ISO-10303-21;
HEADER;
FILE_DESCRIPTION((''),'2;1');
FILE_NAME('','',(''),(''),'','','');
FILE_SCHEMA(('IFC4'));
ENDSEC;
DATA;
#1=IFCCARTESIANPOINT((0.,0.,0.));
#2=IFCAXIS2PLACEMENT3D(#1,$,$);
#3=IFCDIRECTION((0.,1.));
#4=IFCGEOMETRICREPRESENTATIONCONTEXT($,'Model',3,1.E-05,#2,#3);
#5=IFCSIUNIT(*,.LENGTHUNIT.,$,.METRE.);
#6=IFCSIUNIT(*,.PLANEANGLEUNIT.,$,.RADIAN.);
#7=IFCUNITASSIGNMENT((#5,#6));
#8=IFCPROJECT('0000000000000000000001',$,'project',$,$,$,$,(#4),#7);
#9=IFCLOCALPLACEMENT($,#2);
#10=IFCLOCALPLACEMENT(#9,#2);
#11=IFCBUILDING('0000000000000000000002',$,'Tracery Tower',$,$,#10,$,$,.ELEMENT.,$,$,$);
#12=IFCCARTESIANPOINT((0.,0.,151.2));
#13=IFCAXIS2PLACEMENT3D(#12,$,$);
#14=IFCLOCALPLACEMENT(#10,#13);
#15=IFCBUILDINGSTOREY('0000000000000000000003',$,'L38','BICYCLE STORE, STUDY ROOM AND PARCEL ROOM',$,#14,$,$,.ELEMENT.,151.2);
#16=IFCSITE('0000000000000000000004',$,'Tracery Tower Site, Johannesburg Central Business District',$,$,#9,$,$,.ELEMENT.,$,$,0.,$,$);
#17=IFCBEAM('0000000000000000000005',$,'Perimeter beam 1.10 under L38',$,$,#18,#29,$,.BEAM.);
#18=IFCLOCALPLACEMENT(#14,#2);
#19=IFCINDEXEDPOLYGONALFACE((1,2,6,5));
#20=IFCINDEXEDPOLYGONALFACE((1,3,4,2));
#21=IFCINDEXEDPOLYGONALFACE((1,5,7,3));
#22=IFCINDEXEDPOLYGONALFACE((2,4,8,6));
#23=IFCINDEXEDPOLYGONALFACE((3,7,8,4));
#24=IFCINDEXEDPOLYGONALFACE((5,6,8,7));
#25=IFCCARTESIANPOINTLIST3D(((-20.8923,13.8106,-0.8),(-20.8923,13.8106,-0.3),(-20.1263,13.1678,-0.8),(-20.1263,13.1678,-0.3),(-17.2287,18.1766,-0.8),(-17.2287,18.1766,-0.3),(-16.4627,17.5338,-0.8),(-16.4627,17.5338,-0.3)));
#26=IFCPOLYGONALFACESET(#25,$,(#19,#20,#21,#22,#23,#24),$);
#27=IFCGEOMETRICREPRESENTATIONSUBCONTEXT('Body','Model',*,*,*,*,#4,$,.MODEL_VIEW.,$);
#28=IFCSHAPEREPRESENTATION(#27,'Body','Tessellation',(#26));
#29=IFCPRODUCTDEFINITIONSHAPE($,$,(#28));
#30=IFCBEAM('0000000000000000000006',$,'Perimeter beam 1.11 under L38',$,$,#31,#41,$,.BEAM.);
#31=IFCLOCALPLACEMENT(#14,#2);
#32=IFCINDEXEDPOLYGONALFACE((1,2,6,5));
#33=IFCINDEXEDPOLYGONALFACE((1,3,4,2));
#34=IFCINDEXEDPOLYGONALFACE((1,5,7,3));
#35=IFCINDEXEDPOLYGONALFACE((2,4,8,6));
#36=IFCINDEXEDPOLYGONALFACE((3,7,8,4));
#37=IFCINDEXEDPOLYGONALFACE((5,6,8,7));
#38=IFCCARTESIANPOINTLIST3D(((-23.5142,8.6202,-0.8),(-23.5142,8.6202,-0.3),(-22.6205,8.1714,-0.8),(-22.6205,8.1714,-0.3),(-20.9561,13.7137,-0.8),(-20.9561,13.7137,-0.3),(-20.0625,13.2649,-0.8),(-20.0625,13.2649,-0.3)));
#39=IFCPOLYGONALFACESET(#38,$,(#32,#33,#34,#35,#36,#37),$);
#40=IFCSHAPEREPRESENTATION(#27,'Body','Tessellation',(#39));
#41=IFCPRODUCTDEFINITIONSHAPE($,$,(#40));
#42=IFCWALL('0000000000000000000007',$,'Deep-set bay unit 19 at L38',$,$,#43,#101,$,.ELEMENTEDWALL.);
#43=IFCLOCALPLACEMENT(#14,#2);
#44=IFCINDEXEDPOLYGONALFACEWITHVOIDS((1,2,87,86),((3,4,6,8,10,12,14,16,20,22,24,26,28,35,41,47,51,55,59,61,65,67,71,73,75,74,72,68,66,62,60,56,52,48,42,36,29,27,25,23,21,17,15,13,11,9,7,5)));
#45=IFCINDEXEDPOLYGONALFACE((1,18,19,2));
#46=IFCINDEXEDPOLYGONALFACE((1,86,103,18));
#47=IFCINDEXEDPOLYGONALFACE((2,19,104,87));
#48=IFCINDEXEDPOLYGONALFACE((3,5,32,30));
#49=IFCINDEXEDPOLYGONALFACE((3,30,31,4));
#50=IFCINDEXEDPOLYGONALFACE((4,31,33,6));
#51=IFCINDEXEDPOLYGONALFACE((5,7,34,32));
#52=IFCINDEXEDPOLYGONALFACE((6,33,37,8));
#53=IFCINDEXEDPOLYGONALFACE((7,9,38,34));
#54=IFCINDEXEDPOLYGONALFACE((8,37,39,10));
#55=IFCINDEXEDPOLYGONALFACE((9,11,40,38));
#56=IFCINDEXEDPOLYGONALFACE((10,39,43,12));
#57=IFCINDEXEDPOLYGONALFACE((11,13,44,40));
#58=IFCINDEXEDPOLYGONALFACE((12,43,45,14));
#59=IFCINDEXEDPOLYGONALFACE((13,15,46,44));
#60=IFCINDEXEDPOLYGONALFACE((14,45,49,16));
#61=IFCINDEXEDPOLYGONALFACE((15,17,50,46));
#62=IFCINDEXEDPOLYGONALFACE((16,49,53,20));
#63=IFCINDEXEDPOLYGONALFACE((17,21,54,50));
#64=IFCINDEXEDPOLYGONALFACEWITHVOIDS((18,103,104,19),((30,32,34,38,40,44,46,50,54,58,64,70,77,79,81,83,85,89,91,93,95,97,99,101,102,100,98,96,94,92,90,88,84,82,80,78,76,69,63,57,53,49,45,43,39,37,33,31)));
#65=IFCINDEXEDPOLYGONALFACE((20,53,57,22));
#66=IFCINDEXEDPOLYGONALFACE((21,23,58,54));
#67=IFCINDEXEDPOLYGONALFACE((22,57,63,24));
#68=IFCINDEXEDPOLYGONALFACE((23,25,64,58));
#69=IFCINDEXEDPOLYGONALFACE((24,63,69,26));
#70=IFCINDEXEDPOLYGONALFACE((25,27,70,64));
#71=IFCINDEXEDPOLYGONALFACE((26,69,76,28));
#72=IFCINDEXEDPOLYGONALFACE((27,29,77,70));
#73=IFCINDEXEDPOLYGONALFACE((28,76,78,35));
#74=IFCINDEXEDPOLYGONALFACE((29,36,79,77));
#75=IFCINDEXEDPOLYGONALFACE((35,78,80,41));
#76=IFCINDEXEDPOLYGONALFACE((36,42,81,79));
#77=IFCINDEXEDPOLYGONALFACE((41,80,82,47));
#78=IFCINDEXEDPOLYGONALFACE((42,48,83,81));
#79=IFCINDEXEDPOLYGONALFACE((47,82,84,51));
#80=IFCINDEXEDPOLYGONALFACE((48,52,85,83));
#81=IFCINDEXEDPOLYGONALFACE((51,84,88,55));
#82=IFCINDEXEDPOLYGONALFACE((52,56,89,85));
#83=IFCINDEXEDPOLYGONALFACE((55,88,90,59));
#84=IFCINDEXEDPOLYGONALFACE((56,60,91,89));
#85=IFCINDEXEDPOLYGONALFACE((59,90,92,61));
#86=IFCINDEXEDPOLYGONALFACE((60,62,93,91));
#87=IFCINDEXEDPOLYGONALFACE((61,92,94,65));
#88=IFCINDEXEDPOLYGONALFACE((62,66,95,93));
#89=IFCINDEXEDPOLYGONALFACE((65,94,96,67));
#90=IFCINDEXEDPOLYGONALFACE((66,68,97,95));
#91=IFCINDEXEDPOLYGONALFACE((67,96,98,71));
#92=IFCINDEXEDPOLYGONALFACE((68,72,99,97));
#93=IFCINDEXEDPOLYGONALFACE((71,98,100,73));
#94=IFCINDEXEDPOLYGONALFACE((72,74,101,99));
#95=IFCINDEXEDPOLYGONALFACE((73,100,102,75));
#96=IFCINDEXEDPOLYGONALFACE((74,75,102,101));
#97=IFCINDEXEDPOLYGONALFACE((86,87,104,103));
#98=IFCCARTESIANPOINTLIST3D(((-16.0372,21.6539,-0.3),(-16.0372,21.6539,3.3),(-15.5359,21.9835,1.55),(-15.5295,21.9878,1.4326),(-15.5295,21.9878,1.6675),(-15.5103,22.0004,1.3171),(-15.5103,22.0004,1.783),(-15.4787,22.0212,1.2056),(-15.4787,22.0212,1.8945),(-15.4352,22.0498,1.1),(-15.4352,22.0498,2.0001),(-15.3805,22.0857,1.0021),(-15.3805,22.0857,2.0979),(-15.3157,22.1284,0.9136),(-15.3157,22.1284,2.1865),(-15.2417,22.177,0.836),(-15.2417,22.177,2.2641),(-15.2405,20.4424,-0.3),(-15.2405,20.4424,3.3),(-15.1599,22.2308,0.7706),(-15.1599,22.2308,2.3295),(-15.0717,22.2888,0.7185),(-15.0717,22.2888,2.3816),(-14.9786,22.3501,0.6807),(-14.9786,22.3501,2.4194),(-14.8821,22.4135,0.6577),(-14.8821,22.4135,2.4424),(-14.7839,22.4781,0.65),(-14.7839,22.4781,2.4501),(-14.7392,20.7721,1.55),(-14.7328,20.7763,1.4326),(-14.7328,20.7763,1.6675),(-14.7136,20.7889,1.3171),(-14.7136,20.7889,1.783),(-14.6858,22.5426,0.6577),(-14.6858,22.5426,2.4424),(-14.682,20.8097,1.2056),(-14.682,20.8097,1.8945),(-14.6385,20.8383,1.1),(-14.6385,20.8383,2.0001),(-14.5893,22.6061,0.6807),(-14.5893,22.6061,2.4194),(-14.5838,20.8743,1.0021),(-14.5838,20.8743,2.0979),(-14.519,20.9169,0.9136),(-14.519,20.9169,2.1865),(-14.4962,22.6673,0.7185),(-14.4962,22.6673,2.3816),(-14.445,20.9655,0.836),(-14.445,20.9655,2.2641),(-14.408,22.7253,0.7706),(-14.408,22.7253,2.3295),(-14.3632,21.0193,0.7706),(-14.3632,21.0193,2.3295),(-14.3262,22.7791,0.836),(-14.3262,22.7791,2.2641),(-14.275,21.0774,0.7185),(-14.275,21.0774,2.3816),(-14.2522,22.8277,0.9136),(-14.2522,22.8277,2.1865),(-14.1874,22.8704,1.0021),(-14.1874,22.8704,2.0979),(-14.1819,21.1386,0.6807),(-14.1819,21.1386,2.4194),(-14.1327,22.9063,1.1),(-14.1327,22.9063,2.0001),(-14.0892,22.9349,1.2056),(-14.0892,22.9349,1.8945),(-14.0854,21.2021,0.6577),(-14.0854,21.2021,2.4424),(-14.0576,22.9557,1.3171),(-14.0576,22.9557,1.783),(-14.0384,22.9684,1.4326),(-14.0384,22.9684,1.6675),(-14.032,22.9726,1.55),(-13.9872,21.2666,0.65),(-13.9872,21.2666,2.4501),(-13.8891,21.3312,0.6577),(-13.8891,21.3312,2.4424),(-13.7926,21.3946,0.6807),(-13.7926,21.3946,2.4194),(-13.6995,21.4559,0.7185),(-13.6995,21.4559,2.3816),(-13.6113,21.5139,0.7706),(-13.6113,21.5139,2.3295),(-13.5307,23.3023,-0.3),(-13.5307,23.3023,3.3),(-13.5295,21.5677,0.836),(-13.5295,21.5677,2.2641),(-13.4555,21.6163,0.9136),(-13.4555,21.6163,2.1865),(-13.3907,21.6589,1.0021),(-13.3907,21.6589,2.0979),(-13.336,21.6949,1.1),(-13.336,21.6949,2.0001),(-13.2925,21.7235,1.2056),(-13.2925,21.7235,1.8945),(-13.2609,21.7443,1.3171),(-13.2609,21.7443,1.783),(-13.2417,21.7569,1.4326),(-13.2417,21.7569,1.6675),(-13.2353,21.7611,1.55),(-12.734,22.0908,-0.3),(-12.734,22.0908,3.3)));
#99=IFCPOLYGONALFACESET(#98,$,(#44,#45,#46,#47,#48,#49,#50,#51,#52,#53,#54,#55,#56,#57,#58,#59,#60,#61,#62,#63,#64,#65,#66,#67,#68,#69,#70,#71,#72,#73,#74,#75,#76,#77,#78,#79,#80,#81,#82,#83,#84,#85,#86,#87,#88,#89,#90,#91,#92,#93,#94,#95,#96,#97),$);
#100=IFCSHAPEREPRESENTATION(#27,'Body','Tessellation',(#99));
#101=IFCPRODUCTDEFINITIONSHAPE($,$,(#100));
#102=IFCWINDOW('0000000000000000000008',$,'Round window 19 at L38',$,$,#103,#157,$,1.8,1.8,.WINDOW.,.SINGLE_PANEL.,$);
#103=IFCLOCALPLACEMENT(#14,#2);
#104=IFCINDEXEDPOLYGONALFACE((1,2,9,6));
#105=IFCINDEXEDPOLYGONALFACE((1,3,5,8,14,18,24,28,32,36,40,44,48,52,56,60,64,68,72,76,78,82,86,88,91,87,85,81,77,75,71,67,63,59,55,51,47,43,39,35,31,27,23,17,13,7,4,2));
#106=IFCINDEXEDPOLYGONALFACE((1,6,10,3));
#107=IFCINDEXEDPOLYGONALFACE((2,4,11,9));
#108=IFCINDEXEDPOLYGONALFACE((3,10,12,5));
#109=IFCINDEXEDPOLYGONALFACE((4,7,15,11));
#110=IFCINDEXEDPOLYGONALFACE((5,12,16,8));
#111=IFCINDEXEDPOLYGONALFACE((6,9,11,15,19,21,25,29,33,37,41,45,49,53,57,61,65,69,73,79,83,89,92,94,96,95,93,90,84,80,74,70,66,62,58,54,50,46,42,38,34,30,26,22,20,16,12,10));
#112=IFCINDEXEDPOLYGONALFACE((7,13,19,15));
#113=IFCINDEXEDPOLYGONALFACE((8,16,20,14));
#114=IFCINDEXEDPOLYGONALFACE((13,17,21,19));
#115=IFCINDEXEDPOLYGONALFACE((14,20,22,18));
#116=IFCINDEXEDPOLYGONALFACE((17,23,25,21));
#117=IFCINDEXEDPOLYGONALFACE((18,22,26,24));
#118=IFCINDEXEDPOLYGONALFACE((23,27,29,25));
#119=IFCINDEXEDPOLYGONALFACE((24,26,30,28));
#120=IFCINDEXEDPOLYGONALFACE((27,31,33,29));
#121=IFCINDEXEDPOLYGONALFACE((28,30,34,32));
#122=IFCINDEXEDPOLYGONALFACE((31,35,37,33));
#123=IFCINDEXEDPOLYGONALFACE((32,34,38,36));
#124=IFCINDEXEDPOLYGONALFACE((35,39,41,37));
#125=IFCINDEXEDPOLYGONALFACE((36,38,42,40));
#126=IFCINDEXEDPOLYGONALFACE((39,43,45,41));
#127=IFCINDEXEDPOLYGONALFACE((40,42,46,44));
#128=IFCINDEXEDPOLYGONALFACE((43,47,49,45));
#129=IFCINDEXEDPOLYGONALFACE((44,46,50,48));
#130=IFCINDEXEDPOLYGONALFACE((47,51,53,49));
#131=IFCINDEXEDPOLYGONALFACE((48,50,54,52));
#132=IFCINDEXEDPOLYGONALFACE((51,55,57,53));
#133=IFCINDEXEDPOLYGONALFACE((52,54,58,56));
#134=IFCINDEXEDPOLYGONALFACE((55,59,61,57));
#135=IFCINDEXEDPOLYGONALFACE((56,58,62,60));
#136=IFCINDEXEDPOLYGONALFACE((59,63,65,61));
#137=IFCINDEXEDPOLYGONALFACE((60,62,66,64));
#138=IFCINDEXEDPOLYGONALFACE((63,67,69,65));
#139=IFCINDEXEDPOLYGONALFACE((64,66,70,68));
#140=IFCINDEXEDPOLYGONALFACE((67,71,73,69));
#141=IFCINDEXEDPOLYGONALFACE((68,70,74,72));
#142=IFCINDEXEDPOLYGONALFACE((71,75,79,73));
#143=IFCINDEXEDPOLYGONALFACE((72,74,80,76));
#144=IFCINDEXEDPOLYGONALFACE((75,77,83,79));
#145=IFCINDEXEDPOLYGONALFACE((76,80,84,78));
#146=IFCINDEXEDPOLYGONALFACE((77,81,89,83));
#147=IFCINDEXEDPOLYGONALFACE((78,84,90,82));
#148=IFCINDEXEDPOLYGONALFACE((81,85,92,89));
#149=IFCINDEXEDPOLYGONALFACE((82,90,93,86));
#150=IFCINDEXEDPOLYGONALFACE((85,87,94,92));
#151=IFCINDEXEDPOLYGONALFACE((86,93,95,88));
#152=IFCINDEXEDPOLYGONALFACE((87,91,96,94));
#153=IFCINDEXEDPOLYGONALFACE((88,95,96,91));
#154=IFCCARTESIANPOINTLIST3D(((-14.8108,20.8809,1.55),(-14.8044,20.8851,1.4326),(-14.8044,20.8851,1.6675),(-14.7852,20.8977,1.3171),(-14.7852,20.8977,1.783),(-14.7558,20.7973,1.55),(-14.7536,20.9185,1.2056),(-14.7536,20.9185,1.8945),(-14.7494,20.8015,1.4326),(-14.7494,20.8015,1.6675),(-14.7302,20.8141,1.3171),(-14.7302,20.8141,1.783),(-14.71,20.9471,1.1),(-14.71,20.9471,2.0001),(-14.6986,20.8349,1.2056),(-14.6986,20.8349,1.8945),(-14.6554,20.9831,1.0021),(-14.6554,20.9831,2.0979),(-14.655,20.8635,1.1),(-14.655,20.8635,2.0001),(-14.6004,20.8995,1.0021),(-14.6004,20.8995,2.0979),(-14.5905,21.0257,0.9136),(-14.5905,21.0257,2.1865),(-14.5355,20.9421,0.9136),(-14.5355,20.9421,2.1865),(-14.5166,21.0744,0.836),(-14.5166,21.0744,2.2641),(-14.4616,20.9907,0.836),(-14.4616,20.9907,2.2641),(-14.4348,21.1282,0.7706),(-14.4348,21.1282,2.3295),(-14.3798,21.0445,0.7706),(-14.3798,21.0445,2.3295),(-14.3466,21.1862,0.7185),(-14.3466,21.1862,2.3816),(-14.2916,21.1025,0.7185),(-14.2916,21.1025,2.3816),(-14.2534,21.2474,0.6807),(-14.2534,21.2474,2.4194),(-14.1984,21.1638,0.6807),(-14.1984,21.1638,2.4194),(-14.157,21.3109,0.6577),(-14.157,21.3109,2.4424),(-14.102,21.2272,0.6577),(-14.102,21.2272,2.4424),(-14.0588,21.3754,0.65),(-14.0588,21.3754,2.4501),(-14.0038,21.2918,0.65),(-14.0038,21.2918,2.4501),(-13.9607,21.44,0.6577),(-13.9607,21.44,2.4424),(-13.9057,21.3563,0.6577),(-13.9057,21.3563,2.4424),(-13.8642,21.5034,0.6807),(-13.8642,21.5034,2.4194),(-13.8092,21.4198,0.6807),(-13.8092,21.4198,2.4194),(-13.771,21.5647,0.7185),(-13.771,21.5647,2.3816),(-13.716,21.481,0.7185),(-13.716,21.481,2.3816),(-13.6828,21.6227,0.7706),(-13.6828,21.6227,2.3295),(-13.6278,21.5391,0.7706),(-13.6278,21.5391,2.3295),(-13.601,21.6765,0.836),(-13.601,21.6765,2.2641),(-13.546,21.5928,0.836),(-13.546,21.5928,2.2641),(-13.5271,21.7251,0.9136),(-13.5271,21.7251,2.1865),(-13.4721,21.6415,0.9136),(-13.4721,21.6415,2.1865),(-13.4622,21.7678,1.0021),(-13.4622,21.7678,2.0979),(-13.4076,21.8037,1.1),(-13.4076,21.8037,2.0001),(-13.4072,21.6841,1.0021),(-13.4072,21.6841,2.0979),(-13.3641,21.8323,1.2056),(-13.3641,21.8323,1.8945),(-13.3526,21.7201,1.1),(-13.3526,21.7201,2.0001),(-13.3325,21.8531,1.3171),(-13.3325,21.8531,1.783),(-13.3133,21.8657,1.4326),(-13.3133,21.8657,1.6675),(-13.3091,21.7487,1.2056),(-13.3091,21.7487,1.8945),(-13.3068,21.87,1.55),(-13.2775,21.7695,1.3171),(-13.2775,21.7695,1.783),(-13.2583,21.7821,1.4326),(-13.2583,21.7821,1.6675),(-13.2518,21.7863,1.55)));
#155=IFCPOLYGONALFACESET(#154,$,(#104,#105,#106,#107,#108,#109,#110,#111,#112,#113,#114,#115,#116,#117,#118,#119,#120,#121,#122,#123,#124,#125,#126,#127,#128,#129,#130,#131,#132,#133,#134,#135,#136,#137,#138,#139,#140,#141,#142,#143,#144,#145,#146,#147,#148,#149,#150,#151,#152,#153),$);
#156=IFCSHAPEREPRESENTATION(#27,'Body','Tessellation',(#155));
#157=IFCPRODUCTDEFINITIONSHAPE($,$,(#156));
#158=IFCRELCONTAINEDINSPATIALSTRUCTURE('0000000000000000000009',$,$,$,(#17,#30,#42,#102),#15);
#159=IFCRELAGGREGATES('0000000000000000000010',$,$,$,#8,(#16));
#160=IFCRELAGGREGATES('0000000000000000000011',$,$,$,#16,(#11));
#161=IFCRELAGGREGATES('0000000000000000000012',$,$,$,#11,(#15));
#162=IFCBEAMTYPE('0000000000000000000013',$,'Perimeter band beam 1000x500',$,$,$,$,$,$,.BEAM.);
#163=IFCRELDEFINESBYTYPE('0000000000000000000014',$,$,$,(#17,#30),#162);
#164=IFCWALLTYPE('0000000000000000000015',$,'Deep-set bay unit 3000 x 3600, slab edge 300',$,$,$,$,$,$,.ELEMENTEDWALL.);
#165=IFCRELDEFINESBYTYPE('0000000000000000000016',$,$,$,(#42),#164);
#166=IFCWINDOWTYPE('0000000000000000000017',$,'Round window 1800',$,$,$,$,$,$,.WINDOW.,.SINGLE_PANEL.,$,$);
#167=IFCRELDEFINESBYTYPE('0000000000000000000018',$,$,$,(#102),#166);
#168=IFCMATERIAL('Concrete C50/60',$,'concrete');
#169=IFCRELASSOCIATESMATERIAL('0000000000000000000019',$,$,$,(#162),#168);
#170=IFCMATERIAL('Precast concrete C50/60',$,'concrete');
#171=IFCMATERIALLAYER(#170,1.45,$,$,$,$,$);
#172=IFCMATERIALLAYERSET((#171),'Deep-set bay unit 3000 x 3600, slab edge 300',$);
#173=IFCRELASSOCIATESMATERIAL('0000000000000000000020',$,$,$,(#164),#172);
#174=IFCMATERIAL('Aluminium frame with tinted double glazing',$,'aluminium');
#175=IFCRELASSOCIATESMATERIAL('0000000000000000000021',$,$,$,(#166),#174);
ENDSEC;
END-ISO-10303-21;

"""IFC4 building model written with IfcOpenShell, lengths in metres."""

from ifc_helpers import new_model, si_unit, direction, frame, frame_2d, origin, origin_2d, place, context, subcontext, project, spatial, rectangle, circle, extrude, material, layer, layer_set, material_profile, profile_set, type_object, element, fill, save


model = new_model("IFC4")

# Units and contexts
model_context = context("Model", 3, precision=1e-05, world=origin(), true_north=direction((0.0, 1.0)))
body_context = subcontext(model_context, "Body", "Model", "MODEL_VIEW")
ifc_project = project(units=[si_unit("LENGTHUNIT", "METRE"), si_unit("PLANEANGLEUNIT", "RADIAN")], contexts=[model_context])

# Site, building, storey
site_placement = place(None, origin())
site = spatial("IfcSite", under=ifc_project, at=site_placement, Name="Tracery Tower Site, Johannesburg Central Business District", CompositionType="ELEMENT", RefElevation=0.0)
building_placement = place(site_placement, origin())
building = spatial("IfcBuilding", under=site, at=building_placement, Name="Tracery Tower", CompositionType="ELEMENT")
storey_placement = place(building_placement, frame((0.0, 0.0, 151.2)))
storey = spatial("IfcBuildingStorey", under=building, at=storey_placement, Name="L38", Description="BICYCLE STORE, STUDY ROOM AND PARCEL ROOM", CompositionType="ELEMENT", Elevation=151.2)

# Beams
ifc_material_1 = material(Name="Concrete C50/60", Category="concrete")
ifc_material_profile_1 = material_profile(ifc_material_1, rectangle(XDim=1.0, YDim=0.5, at=origin_2d()), Name="RC 1000x500")
ifc_profile_set_1 = profile_set([ifc_material_profile_1], Name="Concrete C50/60")
beam_type = type_object("IfcBeamType", Name="Perimeter band beam 1000x500", PredefinedType="BEAM", material=ifc_profile_set_1)
beam_1_placement = place(storey_placement, frame((-16.8457, 17.8552, -0.55), z_axis=(-0.642797, -0.766036, 0.0), x_axis=(0.766036, -0.642797, 0.0)))
element("IfcBeam", 1, at=beam_1_placement, inside=storey, type_object=beam_type, Name="Perimeter beam 1.10 under L38", PredefinedType="BEAM", context=body_context, shape_type="SweptSolid", body=[
    extrude(rectangle(XDim=1.0, YDim=0.5, at=origin_2d()), origin(), (0.0, 0.0, 1.0), 5.6995),
])
beam_2_placement = place(storey_placement, frame((-20.5093, 13.4893, -0.55), z_axis=(-0.448806, -0.893629, 0.0), x_axis=(0.893629, -0.448806, 0.0)))
element("IfcBeam", 2, at=beam_2_placement, inside=storey, type_object=beam_type, Name="Perimeter beam 1.11 under L38", PredefinedType="BEAM", context=body_context, shape_type="SweptSolid", body=[
    extrude(rectangle(XDim=1.0, YDim=0.5, at=origin_2d()), origin(), (0.0, 0.0, 1.0), 5.6997),
])

# Wall, opening, window
ifc_material_2 = material(Name="Precast concrete C50/60", Category="concrete")
ifc_layer_1 = layer(ifc_material_2, 1.45)
ifc_layer_set_1 = layer_set([ifc_layer_1], Name="Deep-set bay unit 3000 x 3600, slab edge 300")
wall_type_1 = type_object("IfcWallType", Name="Deep-set bay unit 3000 x 3600, slab edge 300", PredefinedType="ELEMENTEDWALL", material=ifc_layer_set_1)
wall_1_placement = place(storey_placement, frame((-13.1323, 22.6965, -0.3), z_axis=(0.0, 0.0, 1.0), x_axis=(-0.835514, -0.549469, 0.0)))
wall_1 = element("IfcWall", 3, at=wall_1_placement, inside=storey, type_object=wall_type_1, Name="Deep-set bay unit 19 at L38", PredefinedType="ELEMENTEDWALL", context=body_context, shape_type="SweptSolid", body=[
    extrude(rectangle(XDim=3.0, YDim=1.45, at=frame_2d((1.5, 0.0))), origin(), (0.0, 0.0, 1.0), 3.6001),
])
opening_1_placement = place(wall_1_placement, frame((1.5, 0.0, 1.8501)))
opening_1 = element("IfcOpeningElement", 4, at=opening_1_placement, cuts=wall_1, PredefinedType="OPENING", context=body_context, shape_type="SweptSolid", body=[
    extrude(circle(Radius=0.9, at=origin_2d()), frame((0.0, 0.7349, 0.0), z_axis=(0.0, -1.0, 0.0), x_axis=(1.0, 0.0, 0.0)), (0.0, 0.0, 1.0), 1.47),
])
ifc_material_3 = material(Name="Aluminium frame with tinted double glazing", Category="aluminium")
window_type = type_object("IfcWindowType", Name="Round window 1800", PartitioningType="SINGLE_PANEL", PredefinedType="WINDOW", material=ifc_material_3)
window_1_placement = place(opening_1_placement, origin())
window_1 = element("IfcWindow", 5, at=window_1_placement, inside=storey, type_object=window_type, Name="Round window 19 at L38", OverallHeight=1.8, OverallWidth=1.8, PartitioningType="SINGLE_PANEL", PredefinedType="WINDOW", context=body_context, shape_type="SweptSolid", body=[
    extrude(circle(Radius=0.9, at=origin_2d()), frame((0.0, 0.6948, 0.0), z_axis=(0.0, -1.0, 0.0), x_axis=(1.0, 0.0, 0.0)), (0.0, 0.0, 1.0), 0.1001),
])
fill(opening_1, window_1)

save(model, "model.ifc")
